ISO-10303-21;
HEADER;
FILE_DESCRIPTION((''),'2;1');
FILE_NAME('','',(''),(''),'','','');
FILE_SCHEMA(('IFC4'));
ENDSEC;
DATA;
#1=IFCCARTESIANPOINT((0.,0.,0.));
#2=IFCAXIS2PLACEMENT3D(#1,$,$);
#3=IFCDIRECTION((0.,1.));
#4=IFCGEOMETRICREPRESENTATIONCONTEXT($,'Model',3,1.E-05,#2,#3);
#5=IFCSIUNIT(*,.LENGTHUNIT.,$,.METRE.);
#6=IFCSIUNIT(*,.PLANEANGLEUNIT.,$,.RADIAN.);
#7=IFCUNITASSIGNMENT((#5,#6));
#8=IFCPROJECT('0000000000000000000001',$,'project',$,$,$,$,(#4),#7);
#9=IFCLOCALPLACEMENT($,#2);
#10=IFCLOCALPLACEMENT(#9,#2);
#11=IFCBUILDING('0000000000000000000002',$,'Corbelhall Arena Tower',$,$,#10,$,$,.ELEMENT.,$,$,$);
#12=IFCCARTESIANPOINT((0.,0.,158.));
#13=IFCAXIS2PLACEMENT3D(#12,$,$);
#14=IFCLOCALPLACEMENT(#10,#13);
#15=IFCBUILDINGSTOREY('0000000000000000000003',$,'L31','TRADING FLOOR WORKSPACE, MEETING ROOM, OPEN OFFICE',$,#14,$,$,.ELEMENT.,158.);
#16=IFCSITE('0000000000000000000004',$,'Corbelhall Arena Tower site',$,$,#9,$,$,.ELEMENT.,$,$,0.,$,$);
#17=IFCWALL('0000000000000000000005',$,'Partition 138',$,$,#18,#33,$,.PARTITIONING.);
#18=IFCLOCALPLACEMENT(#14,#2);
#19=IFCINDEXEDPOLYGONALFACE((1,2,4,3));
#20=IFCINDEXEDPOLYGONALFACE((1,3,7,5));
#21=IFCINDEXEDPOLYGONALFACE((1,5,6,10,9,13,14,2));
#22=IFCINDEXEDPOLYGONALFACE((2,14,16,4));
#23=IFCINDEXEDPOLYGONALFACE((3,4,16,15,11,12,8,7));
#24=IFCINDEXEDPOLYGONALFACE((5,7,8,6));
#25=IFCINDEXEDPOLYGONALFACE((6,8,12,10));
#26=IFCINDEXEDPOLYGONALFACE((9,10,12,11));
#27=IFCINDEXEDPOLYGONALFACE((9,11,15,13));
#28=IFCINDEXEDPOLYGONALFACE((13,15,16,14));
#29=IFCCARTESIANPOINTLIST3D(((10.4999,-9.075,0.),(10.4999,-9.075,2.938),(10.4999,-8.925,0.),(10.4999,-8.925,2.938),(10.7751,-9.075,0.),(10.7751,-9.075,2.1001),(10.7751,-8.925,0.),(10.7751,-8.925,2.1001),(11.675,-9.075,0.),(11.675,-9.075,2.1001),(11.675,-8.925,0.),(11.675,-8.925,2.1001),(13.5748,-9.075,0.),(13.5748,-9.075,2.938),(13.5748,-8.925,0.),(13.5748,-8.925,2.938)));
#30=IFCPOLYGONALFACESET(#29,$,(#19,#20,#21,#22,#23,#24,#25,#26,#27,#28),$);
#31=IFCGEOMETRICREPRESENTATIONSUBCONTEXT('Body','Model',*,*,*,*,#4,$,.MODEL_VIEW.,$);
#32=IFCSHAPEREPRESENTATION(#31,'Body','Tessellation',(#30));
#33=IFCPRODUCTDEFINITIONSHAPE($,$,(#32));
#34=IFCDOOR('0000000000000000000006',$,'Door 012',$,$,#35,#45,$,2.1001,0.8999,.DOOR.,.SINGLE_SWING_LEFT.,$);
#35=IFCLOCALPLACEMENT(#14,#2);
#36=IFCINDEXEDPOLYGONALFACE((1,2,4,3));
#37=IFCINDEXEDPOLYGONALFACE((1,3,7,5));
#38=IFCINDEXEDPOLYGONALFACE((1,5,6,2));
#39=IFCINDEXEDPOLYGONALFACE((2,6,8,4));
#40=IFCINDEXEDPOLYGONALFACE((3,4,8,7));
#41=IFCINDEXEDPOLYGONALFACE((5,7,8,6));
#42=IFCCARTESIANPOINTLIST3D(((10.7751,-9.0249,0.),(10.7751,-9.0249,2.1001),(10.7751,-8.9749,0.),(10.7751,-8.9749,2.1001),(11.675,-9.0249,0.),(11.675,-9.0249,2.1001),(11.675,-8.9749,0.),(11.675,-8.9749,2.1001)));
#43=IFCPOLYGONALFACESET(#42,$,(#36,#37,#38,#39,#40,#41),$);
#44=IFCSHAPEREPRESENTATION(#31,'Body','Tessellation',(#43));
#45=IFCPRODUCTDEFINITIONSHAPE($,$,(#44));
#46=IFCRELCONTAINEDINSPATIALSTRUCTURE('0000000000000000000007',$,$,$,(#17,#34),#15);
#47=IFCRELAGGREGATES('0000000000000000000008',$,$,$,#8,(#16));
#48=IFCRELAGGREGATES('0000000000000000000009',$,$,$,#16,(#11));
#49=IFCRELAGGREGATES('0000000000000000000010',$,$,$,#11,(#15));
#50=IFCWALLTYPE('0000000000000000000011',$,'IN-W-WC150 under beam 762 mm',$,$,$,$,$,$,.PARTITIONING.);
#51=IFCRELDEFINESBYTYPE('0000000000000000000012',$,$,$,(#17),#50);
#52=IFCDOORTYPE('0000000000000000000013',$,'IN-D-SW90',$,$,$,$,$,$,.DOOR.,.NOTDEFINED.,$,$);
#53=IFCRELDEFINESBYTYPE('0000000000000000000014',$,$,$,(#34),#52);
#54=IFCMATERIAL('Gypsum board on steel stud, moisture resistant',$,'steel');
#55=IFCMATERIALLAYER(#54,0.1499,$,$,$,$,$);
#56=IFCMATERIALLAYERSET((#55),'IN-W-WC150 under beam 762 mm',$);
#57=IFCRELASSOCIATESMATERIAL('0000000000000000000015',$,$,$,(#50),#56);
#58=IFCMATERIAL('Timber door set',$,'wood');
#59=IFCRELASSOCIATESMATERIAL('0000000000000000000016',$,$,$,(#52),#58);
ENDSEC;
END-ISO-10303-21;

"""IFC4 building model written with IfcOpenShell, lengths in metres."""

from ifc_helpers import new_model, si_unit, direction, frame, frame_2d, origin, place, context, subcontext, project, spatial, rectangle, extrude, material, layer, layer_set, type_object, element, fill, save


model = new_model("IFC4")

# Units and contexts
model_context = context("Model", 3, precision=1e-05, world=origin(), true_north=direction((0.0, 1.0)))
body_context = subcontext(model_context, "Body", "Model", "MODEL_VIEW")
ifc_project = project(units=[si_unit("LENGTHUNIT", "METRE"), si_unit("PLANEANGLEUNIT", "RADIAN")], contexts=[model_context])

# Site, building, storey
site_placement = place(None, origin())
site = spatial("IfcSite", under=ifc_project, at=site_placement, Name="Corbelhall Arena Tower site", CompositionType="ELEMENT", RefElevation=0.0)
building_placement = place(site_placement, origin())
building = spatial("IfcBuilding", under=site, at=building_placement, Name="Corbelhall Arena Tower", CompositionType="ELEMENT")
storey_placement = place(building_placement, frame((0.0, 0.0, 158.0)))
storey = spatial("IfcBuildingStorey", under=building, at=storey_placement, Name="L31", Description="TRADING FLOOR WORKSPACE, MEETING ROOM, OPEN OFFICE", CompositionType="ELEMENT", Elevation=158.0)

# Shared definitions
ifc_material_1 = material(Name="Gypsum board on steel stud, moisture resistant", Category="steel")
ifc_layer_1 = layer(ifc_material_1, 0.1499)
ifc_layer_set_1 = layer_set([ifc_layer_1], Name="IN-W-WC150 under beam 762 mm")
wall_type_1 = type_object("IfcWallType", Name="IN-W-WC150 under beam 762 mm", PredefinedType="PARTITIONING", material=ifc_layer_set_1)

# Wall, opening, door
wall_1_placement = place(storey_placement, frame((13.575, -9.0, 0.0), z_axis=(0.0, 0.0, 1.0), x_axis=(-1.0, 0.0, 0.0)))
wall_1 = element("IfcWall", 1, at=wall_1_placement, inside=storey, type_object=wall_type_1, Name="Partition 138", PredefinedType="PARTITIONING", context=body_context, shape_type="SweptSolid", body=[
    extrude(rectangle(XDim=3.075, YDim=0.1499, at=frame_2d((1.5376, 0.0))), origin(), (0.0, 0.0, 1.0), 2.938),
])
opening_1_placement = place(wall_1_placement, frame((1.8999, 0.0, 0.0)))
opening_1 = element("IfcOpeningElement", 2, at=opening_1_placement, cuts=wall_1, PredefinedType="OPENING", context=body_context, shape_type="SweptSolid", body=[
    extrude(rectangle(XDim=0.8999, YDim=2.1001, at=frame_2d((0.45, 1.05))), frame((0.0, 0.075, 0.0), z_axis=(0.0, -1.0, 0.0), x_axis=(1.0, 0.0, 0.0)), (0.0, 0.0, 1.0), 0.1499),
])
ifc_material_2 = material(Name="Timber door set", Category="wood")
door_type_1 = type_object("IfcDoorType", Name="IN-D-SW90", OperationType="NOTDEFINED", PredefinedType="DOOR", material=ifc_material_2)
door_1_placement = place(opening_1_placement, origin())
door_1 = element("IfcDoor", 3, at=door_1_placement, inside=storey, type_object=door_type_1, Name="Door 012", OperationType="SINGLE_SWING_LEFT", OverallHeight=2.1001, OverallWidth=0.8999, PredefinedType="DOOR", context=body_context, shape_type="SweptSolid", body=[
    extrude(rectangle(XDim=0.8999, YDim=2.1001, at=frame_2d((0.45, 1.05))), frame((0.0, 0.0249, 0.0), z_axis=(0.0, -1.0, 0.0), x_axis=(1.0, 0.0, 0.0)), (0.0, 0.0, 1.0), 0.05),
])
fill(opening_1, door_1)

save(model, "model.ifc")
